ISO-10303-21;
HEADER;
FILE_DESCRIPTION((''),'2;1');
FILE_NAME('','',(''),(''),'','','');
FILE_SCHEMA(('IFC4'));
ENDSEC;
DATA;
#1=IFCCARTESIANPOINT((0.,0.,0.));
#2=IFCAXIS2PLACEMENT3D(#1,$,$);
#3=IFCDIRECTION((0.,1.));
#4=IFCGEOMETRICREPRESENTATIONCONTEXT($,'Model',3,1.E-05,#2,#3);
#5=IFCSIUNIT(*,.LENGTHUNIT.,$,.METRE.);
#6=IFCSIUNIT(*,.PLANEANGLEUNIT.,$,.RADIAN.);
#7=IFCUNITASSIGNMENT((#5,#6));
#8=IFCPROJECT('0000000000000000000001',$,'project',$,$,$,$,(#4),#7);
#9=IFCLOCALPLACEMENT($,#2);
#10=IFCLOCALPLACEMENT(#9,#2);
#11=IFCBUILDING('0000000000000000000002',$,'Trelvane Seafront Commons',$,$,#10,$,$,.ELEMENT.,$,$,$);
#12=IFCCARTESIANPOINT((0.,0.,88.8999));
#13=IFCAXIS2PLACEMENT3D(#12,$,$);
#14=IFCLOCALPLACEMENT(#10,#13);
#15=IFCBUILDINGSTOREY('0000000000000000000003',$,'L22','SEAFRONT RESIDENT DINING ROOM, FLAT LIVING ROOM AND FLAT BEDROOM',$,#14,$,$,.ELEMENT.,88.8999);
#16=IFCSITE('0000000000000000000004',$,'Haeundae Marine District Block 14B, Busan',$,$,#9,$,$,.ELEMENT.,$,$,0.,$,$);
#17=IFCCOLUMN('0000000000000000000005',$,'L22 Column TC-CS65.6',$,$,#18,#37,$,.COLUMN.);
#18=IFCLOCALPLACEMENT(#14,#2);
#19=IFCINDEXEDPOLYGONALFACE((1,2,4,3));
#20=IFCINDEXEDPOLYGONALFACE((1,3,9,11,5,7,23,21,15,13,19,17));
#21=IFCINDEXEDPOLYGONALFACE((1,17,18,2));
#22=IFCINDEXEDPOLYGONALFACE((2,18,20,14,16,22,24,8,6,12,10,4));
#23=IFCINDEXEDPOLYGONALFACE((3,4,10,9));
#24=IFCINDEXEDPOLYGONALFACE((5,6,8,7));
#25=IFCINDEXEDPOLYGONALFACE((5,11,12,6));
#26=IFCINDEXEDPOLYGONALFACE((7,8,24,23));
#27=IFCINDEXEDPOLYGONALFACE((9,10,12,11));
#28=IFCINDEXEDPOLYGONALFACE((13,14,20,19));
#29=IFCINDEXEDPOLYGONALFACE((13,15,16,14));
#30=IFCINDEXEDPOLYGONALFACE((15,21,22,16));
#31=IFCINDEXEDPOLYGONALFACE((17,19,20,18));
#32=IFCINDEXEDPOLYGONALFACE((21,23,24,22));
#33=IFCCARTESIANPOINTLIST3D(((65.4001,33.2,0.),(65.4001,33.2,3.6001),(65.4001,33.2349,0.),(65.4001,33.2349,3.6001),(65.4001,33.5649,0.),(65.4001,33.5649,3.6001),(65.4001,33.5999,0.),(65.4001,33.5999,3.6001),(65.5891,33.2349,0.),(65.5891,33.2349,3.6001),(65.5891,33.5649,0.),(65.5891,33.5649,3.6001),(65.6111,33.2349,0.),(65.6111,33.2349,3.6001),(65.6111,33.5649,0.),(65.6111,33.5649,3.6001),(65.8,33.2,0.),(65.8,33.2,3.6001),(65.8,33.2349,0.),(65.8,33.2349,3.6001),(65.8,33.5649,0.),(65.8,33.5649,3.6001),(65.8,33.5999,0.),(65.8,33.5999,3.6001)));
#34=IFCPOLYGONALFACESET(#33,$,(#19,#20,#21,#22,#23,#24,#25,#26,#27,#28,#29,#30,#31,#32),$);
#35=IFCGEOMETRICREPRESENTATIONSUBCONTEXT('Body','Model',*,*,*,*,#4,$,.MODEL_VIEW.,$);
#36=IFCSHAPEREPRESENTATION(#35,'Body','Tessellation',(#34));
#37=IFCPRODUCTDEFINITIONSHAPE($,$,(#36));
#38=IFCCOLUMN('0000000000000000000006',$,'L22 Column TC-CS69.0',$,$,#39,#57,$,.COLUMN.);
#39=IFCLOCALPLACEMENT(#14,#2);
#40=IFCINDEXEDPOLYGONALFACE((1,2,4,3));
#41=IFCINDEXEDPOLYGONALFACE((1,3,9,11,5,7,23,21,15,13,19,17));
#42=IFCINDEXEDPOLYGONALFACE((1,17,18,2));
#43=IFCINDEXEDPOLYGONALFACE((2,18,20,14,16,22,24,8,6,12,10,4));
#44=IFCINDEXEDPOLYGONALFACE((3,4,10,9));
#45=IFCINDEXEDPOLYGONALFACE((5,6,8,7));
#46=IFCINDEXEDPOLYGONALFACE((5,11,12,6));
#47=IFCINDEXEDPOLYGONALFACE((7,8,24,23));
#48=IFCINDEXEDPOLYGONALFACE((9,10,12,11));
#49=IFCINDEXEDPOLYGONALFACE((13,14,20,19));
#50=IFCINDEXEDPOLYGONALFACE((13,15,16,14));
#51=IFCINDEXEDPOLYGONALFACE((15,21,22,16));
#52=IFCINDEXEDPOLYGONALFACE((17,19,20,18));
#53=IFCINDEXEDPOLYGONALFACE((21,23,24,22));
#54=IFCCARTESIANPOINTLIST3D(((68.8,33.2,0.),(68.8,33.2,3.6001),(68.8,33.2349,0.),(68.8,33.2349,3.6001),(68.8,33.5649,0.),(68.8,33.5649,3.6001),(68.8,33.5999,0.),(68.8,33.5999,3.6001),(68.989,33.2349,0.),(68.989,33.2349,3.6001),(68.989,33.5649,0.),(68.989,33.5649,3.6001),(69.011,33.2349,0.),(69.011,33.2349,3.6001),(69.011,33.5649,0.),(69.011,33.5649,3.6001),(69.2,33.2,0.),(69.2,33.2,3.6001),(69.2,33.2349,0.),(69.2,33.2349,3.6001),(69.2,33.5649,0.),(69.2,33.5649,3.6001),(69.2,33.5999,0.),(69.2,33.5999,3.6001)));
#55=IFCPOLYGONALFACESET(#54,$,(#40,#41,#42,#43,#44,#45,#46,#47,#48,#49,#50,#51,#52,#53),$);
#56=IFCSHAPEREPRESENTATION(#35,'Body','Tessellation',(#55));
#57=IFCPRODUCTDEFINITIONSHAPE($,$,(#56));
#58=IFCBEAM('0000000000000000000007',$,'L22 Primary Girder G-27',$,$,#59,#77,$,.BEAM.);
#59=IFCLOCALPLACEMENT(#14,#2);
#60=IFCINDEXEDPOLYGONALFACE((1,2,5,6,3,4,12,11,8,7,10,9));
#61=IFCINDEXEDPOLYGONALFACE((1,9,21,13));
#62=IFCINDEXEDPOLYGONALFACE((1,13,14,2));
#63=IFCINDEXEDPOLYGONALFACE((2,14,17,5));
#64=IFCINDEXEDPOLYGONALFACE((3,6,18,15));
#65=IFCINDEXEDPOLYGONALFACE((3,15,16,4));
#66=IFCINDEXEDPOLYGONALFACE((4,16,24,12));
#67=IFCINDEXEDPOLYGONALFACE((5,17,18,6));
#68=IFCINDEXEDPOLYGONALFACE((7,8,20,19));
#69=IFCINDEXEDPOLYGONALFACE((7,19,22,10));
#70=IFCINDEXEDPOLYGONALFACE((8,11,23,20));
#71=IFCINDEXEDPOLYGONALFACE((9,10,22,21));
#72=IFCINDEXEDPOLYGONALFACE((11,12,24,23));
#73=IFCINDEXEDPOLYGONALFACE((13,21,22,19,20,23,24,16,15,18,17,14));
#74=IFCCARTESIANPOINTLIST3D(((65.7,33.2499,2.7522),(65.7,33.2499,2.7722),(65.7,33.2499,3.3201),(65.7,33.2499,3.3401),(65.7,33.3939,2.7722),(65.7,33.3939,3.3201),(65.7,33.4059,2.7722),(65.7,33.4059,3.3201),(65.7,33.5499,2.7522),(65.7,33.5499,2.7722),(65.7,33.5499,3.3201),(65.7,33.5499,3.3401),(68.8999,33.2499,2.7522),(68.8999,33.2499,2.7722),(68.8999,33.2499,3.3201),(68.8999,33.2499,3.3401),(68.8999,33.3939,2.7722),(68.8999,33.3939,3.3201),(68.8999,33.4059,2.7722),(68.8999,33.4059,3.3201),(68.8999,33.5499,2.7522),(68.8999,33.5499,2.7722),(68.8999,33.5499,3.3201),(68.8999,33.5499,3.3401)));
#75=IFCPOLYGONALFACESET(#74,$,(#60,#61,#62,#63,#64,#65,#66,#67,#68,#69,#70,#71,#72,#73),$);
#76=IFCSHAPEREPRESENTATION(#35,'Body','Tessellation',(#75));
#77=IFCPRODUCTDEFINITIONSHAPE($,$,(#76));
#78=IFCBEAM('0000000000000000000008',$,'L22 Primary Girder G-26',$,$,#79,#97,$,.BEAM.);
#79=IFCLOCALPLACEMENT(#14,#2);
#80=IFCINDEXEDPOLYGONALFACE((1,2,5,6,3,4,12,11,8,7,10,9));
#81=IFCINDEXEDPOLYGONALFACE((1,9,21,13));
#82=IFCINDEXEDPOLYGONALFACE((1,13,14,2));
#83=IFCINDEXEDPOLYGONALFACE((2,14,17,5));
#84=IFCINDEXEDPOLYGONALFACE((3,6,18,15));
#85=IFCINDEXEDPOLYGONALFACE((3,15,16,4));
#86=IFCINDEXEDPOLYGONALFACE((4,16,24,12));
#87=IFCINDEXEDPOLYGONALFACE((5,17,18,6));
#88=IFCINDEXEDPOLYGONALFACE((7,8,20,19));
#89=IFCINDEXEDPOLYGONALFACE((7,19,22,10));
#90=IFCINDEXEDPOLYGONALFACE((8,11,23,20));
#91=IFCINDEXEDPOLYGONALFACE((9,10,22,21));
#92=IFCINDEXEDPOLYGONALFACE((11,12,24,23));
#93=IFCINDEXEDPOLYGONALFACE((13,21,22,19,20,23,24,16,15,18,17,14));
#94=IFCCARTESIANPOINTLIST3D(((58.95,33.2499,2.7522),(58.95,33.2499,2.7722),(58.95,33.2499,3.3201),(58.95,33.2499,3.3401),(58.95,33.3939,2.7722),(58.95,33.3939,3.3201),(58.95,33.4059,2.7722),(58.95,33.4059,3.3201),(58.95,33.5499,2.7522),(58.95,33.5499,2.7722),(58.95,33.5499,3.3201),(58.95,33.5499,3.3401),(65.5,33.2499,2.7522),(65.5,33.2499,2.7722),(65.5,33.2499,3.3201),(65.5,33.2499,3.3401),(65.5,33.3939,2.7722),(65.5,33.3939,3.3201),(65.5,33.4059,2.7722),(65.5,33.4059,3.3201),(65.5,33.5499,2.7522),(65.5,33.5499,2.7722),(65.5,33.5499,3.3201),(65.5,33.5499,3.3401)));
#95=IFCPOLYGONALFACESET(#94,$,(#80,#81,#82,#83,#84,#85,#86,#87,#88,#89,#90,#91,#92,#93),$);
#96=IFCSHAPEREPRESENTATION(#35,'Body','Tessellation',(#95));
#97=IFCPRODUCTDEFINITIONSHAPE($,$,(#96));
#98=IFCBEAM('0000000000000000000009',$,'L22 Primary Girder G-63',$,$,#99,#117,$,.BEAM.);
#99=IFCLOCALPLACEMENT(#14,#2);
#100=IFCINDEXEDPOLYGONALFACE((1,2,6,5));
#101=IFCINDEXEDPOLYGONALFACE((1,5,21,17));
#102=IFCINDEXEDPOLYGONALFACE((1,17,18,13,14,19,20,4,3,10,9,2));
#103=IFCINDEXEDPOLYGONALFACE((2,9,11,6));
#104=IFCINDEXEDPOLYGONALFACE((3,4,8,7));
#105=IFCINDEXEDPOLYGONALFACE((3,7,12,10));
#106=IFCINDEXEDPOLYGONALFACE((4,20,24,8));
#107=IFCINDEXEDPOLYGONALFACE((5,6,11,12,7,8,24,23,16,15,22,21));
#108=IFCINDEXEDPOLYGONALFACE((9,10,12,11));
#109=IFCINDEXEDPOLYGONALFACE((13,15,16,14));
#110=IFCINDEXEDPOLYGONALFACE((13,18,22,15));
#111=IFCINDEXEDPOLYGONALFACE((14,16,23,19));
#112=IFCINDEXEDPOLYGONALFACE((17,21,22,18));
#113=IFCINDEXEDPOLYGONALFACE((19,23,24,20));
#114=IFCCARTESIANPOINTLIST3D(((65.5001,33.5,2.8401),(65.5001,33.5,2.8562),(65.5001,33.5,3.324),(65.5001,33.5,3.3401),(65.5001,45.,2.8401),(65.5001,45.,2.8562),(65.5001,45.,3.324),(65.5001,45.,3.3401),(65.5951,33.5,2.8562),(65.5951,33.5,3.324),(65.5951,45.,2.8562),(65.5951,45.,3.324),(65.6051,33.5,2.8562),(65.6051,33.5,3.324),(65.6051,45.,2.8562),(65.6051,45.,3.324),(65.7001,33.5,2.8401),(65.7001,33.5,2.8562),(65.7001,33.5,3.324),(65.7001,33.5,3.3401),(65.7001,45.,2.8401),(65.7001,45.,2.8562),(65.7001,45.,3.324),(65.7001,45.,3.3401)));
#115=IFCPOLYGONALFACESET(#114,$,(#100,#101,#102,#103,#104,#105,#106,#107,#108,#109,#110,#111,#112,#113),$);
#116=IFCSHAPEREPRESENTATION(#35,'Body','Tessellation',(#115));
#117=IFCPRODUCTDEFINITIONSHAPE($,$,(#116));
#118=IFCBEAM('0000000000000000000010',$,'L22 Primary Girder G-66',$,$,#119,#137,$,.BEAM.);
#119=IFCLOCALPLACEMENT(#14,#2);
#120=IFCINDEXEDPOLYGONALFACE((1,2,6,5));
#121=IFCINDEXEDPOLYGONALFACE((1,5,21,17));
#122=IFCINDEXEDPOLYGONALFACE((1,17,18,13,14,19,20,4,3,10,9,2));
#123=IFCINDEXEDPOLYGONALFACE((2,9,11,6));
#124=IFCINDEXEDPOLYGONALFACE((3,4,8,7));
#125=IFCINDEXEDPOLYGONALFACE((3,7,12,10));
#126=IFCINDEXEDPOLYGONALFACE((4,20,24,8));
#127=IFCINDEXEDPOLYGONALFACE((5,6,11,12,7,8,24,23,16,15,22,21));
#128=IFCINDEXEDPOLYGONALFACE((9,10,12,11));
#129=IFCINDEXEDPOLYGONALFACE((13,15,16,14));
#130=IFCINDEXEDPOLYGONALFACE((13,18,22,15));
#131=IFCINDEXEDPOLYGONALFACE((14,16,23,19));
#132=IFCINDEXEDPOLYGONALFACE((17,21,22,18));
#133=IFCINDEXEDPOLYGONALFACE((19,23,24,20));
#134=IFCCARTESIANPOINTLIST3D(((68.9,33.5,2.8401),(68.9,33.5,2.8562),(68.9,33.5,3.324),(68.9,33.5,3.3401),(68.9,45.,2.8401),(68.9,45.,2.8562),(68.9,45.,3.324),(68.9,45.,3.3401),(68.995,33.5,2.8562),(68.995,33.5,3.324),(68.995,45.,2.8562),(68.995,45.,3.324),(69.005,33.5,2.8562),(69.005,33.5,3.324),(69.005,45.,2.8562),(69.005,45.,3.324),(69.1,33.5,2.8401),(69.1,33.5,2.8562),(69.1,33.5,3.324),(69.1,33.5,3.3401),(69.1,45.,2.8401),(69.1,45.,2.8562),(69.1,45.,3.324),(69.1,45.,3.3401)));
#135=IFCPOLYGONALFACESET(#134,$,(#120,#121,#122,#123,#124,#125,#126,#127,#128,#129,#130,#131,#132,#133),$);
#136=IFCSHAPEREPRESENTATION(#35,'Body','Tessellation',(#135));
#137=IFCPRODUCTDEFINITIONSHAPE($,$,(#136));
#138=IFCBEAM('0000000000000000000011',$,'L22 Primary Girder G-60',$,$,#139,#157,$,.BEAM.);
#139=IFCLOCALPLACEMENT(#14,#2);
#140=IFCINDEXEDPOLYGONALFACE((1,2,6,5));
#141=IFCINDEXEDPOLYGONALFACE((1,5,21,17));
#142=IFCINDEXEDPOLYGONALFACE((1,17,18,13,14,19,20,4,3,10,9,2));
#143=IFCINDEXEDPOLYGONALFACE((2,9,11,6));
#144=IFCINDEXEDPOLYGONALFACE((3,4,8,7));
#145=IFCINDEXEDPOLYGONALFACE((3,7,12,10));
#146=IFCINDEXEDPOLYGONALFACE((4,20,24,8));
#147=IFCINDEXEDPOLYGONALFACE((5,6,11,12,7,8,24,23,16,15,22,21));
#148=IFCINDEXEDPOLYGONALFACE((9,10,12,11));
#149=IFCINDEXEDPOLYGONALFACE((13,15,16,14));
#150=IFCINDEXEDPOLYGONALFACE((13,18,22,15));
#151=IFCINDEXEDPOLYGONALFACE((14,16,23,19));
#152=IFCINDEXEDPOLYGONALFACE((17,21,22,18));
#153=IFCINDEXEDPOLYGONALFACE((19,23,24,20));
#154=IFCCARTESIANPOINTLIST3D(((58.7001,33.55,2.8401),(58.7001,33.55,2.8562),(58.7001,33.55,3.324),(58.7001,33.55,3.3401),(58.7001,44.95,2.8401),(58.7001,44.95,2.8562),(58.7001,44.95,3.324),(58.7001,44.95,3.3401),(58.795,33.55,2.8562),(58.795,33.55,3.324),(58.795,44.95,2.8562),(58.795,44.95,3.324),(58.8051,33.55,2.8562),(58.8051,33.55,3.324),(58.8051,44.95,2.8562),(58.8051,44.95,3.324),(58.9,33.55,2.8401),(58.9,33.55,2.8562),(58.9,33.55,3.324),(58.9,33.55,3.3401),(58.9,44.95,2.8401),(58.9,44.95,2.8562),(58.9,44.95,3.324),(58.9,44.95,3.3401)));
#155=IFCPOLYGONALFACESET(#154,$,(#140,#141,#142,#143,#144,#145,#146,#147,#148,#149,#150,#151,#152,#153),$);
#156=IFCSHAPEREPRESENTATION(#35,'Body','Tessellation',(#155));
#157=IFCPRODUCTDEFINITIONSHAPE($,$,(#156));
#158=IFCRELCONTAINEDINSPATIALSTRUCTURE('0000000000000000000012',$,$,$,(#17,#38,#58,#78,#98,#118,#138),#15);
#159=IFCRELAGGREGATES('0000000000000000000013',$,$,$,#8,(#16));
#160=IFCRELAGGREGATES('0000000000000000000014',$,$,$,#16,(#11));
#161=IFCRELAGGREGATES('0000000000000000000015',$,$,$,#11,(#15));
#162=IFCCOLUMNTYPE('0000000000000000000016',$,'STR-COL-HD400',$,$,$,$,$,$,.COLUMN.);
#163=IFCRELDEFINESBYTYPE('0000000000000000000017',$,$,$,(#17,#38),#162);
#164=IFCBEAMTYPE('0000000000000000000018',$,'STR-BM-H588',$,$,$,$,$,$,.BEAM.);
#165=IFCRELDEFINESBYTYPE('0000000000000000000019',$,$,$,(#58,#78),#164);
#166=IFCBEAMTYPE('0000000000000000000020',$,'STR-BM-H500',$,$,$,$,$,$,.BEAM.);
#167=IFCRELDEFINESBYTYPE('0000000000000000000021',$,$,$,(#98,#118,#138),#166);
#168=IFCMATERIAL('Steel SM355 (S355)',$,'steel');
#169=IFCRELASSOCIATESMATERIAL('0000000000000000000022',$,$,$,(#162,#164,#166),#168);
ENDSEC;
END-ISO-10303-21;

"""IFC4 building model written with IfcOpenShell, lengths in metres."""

from ifc_helpers import new_model, si_unit, direction, frame, origin, origin_2d, place, context, subcontext, project, spatial, i_section, extrude, source, transform, mapped, material, material_profile, profile_set, type_object, element, save


model = new_model("IFC4")

# Units and contexts
model_context = context("Model", 3, precision=1e-05, world=origin(), true_north=direction((0.0, 1.0)))
body_context = subcontext(model_context, "Body", "Model", "MODEL_VIEW")
ifc_project = project(units=[si_unit("LENGTHUNIT", "METRE"), si_unit("PLANEANGLEUNIT", "RADIAN")], contexts=[model_context])

# Site, building, storey
site_placement = place(None, origin())
site = spatial("IfcSite", under=ifc_project, at=site_placement, Name="Haeundae Marine District Block 14B, Busan", CompositionType="ELEMENT", RefElevation=0.0)
building_placement = place(site_placement, origin())
building = spatial("IfcBuilding", under=site, at=building_placement, Name="Trelvane Seafront Commons", CompositionType="ELEMENT")
storey_placement = place(building_placement, frame((0.0, 0.0, 88.8999)))
storey = spatial("IfcBuildingStorey", under=building, at=storey_placement, Name="L22", Description="SEAFRONT RESIDENT DINING ROOM, FLAT LIVING ROOM AND FLAT BEDROOM", CompositionType="ELEMENT", Elevation=88.8999)

# Columns
ifc_material_1 = material(Name="Steel SM355 (S355)", Category="steel")
ifc_material_profile_1 = material_profile(ifc_material_1, i_section(OverallWidth=0.3999, OverallDepth=0.3999, WebThickness=0.022, FlangeThickness=0.0349, at=origin_2d()), Name="HD-400x400x22x35")
ifc_profile_set_1 = profile_set([ifc_material_profile_1], Name="Steel SM355 (S355)")
column_type = type_object("IfcColumnType", Name="STR-COL-HD400", PredefinedType="COLUMN", material=ifc_profile_set_1)
shared_shape_1 = source(origin(), body_context, "Body", "SweptSolid", [
    extrude(i_section(OverallWidth=0.3999, OverallDepth=0.3999, WebThickness=0.022, FlangeThickness=0.0349, at=origin_2d()), origin(), (0.0, 0.0, 1.0), 3.6001),
])
for number, where, z_axis, x_axis, name in (
    (1, (65.6001, 33.3999, 0.0), (0.0, 0.0, 1.0), (1.0, 0.0, 0.0), "L22 Column TC-CS65.6"),
    (2, (69.0, 33.3999, 0.0), (0.0, 0.0, 1.0), (1.0, 0.0, 0.0), "L22 Column TC-CS69.0"),
):
    element("IfcColumn", number, at=place(storey_placement, frame(where, z_axis=z_axis, x_axis=x_axis)), inside=storey, type_object=column_type, Name=name, PredefinedType="COLUMN", context=body_context, shape_type="MappedRepresentation", body=[
        mapped(shared_shape_1, transform((0.0, 0.0, 0.0), x_axis=(1.0, 0.0, 0.0), y_axis=(0.0, 1.0, 0.0), z_axis=(0.0, 0.0, 1.0), scale=1.0)),
    ])

# Beams
ifc_material_profile_2 = material_profile(ifc_material_1, i_section(OverallWidth=0.3, OverallDepth=0.5879, WebThickness=0.012, FlangeThickness=0.02, at=origin_2d()), Name="H-588x300x12x20")
ifc_profile_set_2 = profile_set([ifc_material_profile_2], Name="Steel SM355 (S355)")
beam_type_1 = type_object("IfcBeamType", Name="STR-BM-H588", PredefinedType="BEAM", material=ifc_profile_set_2)
shared_shape_2 = source(origin(), body_context, "Body", "SweptSolid", [
    extrude(i_section(OverallWidth=0.3, OverallDepth=0.5879, WebThickness=0.012, FlangeThickness=0.02, at=origin_2d()), origin(), (0.0, 0.0, 1.0), 3.2),
])
beam_1_placement = place(storey_placement, frame((65.7, 33.3999, 3.0461), z_axis=(1.0, 0.0, 0.0), x_axis=(0.0, 1.0, 0.0)))
element("IfcBeam", 3, at=beam_1_placement, inside=storey, type_object=beam_type_1, Name="L22 Primary Girder G-27", PredefinedType="BEAM", context=body_context, shape_type="MappedRepresentation", body=[
    mapped(shared_shape_2, transform((0.0, 0.0, 0.0), x_axis=(1.0, 0.0, 0.0), y_axis=(0.0, 1.0, 0.0), z_axis=(0.0, 0.0, 1.0), scale=1.0)),
])
shared_shape_3 = source(origin(), body_context, "Body", "SweptSolid", [
    extrude(i_section(OverallWidth=0.3, OverallDepth=0.5879, WebThickness=0.012, FlangeThickness=0.02, at=origin_2d()), origin(), (0.0, 0.0, 1.0), 6.55),
])
beam_2_placement = place(storey_placement, frame((58.95, 33.3999, 3.0461), z_axis=(1.0, 0.0, 0.0), x_axis=(0.0, 1.0, 0.0)))
element("IfcBeam", 4, at=beam_2_placement, inside=storey, type_object=beam_type_1, Name="L22 Primary Girder G-26", PredefinedType="BEAM", context=body_context, shape_type="MappedRepresentation", body=[
    mapped(shared_shape_3, transform((0.0, 0.0, 0.0), x_axis=(1.0, 0.0, 0.0), y_axis=(0.0, 1.0, 0.0), z_axis=(0.0, 0.0, 1.0), scale=1.0)),
])
ifc_material_profile_3 = material_profile(ifc_material_1, i_section(OverallWidth=0.2, OverallDepth=0.5, WebThickness=0.01, FlangeThickness=0.0161, at=origin_2d()), Name="H-500x200x10x16")
ifc_profile_set_3 = profile_set([ifc_material_profile_3], Name="Steel SM355 (S355)")
beam_type_2 = type_object("IfcBeamType", Name="STR-BM-H500", PredefinedType="BEAM", material=ifc_profile_set_3)
shared_shape_4 = source(origin(), body_context, "Body", "SweptSolid", [
    extrude(i_section(OverallWidth=0.2, OverallDepth=0.5, WebThickness=0.01, FlangeThickness=0.0161, at=origin_2d()), origin(), (0.0, 0.0, 1.0), 11.5),
])
for number, where, z_axis, x_axis, name in (
    (5, (65.6001, 33.5, 3.0901), (0.0, 1.0, 0.0), (-1.0, 0.0, 0.0), "L22 Primary Girder G-63"),
    (6, (69.0, 33.5, 3.0901), (0.0, 1.0, 0.0), (-1.0, 0.0, 0.0), "L22 Primary Girder G-66"),
):
    element("IfcBeam", number, at=place(storey_placement, frame(where, z_axis=z_axis, x_axis=x_axis)), inside=storey, type_object=beam_type_2, Name=name, PredefinedType="BEAM", context=body_context, shape_type="MappedRepresentation", body=[
        mapped(shared_shape_4, transform((0.0, 0.0, 0.0), x_axis=(1.0, 0.0, 0.0), y_axis=(0.0, 1.0, 0.0), z_axis=(0.0, 0.0, 1.0), scale=1.0)),
    ])
shared_shape_5 = source(origin(), body_context, "Body", "SweptSolid", [
    extrude(i_section(OverallWidth=0.2, OverallDepth=0.5, WebThickness=0.01, FlangeThickness=0.0161, at=origin_2d()), origin(), (0.0, 0.0, 1.0), 11.3999),
])
beam_3_placement = place(storey_placement, frame((58.8, 33.55, 3.0901), z_axis=(0.0, 1.0, 0.0), x_axis=(-1.0, 0.0, 0.0)))
element("IfcBeam", 7, at=beam_3_placement, inside=storey, type_object=beam_type_2, Name="L22 Primary Girder G-60", PredefinedType="BEAM", context=body_context, shape_type="MappedRepresentation", body=[
    mapped(shared_shape_5, transform((0.0, 0.0, 0.0), x_axis=(1.0, 0.0, 0.0), y_axis=(0.0, 1.0, 0.0), z_axis=(0.0, 0.0, 1.0), scale=1.0)),
])

save(model, "model.ifc")
